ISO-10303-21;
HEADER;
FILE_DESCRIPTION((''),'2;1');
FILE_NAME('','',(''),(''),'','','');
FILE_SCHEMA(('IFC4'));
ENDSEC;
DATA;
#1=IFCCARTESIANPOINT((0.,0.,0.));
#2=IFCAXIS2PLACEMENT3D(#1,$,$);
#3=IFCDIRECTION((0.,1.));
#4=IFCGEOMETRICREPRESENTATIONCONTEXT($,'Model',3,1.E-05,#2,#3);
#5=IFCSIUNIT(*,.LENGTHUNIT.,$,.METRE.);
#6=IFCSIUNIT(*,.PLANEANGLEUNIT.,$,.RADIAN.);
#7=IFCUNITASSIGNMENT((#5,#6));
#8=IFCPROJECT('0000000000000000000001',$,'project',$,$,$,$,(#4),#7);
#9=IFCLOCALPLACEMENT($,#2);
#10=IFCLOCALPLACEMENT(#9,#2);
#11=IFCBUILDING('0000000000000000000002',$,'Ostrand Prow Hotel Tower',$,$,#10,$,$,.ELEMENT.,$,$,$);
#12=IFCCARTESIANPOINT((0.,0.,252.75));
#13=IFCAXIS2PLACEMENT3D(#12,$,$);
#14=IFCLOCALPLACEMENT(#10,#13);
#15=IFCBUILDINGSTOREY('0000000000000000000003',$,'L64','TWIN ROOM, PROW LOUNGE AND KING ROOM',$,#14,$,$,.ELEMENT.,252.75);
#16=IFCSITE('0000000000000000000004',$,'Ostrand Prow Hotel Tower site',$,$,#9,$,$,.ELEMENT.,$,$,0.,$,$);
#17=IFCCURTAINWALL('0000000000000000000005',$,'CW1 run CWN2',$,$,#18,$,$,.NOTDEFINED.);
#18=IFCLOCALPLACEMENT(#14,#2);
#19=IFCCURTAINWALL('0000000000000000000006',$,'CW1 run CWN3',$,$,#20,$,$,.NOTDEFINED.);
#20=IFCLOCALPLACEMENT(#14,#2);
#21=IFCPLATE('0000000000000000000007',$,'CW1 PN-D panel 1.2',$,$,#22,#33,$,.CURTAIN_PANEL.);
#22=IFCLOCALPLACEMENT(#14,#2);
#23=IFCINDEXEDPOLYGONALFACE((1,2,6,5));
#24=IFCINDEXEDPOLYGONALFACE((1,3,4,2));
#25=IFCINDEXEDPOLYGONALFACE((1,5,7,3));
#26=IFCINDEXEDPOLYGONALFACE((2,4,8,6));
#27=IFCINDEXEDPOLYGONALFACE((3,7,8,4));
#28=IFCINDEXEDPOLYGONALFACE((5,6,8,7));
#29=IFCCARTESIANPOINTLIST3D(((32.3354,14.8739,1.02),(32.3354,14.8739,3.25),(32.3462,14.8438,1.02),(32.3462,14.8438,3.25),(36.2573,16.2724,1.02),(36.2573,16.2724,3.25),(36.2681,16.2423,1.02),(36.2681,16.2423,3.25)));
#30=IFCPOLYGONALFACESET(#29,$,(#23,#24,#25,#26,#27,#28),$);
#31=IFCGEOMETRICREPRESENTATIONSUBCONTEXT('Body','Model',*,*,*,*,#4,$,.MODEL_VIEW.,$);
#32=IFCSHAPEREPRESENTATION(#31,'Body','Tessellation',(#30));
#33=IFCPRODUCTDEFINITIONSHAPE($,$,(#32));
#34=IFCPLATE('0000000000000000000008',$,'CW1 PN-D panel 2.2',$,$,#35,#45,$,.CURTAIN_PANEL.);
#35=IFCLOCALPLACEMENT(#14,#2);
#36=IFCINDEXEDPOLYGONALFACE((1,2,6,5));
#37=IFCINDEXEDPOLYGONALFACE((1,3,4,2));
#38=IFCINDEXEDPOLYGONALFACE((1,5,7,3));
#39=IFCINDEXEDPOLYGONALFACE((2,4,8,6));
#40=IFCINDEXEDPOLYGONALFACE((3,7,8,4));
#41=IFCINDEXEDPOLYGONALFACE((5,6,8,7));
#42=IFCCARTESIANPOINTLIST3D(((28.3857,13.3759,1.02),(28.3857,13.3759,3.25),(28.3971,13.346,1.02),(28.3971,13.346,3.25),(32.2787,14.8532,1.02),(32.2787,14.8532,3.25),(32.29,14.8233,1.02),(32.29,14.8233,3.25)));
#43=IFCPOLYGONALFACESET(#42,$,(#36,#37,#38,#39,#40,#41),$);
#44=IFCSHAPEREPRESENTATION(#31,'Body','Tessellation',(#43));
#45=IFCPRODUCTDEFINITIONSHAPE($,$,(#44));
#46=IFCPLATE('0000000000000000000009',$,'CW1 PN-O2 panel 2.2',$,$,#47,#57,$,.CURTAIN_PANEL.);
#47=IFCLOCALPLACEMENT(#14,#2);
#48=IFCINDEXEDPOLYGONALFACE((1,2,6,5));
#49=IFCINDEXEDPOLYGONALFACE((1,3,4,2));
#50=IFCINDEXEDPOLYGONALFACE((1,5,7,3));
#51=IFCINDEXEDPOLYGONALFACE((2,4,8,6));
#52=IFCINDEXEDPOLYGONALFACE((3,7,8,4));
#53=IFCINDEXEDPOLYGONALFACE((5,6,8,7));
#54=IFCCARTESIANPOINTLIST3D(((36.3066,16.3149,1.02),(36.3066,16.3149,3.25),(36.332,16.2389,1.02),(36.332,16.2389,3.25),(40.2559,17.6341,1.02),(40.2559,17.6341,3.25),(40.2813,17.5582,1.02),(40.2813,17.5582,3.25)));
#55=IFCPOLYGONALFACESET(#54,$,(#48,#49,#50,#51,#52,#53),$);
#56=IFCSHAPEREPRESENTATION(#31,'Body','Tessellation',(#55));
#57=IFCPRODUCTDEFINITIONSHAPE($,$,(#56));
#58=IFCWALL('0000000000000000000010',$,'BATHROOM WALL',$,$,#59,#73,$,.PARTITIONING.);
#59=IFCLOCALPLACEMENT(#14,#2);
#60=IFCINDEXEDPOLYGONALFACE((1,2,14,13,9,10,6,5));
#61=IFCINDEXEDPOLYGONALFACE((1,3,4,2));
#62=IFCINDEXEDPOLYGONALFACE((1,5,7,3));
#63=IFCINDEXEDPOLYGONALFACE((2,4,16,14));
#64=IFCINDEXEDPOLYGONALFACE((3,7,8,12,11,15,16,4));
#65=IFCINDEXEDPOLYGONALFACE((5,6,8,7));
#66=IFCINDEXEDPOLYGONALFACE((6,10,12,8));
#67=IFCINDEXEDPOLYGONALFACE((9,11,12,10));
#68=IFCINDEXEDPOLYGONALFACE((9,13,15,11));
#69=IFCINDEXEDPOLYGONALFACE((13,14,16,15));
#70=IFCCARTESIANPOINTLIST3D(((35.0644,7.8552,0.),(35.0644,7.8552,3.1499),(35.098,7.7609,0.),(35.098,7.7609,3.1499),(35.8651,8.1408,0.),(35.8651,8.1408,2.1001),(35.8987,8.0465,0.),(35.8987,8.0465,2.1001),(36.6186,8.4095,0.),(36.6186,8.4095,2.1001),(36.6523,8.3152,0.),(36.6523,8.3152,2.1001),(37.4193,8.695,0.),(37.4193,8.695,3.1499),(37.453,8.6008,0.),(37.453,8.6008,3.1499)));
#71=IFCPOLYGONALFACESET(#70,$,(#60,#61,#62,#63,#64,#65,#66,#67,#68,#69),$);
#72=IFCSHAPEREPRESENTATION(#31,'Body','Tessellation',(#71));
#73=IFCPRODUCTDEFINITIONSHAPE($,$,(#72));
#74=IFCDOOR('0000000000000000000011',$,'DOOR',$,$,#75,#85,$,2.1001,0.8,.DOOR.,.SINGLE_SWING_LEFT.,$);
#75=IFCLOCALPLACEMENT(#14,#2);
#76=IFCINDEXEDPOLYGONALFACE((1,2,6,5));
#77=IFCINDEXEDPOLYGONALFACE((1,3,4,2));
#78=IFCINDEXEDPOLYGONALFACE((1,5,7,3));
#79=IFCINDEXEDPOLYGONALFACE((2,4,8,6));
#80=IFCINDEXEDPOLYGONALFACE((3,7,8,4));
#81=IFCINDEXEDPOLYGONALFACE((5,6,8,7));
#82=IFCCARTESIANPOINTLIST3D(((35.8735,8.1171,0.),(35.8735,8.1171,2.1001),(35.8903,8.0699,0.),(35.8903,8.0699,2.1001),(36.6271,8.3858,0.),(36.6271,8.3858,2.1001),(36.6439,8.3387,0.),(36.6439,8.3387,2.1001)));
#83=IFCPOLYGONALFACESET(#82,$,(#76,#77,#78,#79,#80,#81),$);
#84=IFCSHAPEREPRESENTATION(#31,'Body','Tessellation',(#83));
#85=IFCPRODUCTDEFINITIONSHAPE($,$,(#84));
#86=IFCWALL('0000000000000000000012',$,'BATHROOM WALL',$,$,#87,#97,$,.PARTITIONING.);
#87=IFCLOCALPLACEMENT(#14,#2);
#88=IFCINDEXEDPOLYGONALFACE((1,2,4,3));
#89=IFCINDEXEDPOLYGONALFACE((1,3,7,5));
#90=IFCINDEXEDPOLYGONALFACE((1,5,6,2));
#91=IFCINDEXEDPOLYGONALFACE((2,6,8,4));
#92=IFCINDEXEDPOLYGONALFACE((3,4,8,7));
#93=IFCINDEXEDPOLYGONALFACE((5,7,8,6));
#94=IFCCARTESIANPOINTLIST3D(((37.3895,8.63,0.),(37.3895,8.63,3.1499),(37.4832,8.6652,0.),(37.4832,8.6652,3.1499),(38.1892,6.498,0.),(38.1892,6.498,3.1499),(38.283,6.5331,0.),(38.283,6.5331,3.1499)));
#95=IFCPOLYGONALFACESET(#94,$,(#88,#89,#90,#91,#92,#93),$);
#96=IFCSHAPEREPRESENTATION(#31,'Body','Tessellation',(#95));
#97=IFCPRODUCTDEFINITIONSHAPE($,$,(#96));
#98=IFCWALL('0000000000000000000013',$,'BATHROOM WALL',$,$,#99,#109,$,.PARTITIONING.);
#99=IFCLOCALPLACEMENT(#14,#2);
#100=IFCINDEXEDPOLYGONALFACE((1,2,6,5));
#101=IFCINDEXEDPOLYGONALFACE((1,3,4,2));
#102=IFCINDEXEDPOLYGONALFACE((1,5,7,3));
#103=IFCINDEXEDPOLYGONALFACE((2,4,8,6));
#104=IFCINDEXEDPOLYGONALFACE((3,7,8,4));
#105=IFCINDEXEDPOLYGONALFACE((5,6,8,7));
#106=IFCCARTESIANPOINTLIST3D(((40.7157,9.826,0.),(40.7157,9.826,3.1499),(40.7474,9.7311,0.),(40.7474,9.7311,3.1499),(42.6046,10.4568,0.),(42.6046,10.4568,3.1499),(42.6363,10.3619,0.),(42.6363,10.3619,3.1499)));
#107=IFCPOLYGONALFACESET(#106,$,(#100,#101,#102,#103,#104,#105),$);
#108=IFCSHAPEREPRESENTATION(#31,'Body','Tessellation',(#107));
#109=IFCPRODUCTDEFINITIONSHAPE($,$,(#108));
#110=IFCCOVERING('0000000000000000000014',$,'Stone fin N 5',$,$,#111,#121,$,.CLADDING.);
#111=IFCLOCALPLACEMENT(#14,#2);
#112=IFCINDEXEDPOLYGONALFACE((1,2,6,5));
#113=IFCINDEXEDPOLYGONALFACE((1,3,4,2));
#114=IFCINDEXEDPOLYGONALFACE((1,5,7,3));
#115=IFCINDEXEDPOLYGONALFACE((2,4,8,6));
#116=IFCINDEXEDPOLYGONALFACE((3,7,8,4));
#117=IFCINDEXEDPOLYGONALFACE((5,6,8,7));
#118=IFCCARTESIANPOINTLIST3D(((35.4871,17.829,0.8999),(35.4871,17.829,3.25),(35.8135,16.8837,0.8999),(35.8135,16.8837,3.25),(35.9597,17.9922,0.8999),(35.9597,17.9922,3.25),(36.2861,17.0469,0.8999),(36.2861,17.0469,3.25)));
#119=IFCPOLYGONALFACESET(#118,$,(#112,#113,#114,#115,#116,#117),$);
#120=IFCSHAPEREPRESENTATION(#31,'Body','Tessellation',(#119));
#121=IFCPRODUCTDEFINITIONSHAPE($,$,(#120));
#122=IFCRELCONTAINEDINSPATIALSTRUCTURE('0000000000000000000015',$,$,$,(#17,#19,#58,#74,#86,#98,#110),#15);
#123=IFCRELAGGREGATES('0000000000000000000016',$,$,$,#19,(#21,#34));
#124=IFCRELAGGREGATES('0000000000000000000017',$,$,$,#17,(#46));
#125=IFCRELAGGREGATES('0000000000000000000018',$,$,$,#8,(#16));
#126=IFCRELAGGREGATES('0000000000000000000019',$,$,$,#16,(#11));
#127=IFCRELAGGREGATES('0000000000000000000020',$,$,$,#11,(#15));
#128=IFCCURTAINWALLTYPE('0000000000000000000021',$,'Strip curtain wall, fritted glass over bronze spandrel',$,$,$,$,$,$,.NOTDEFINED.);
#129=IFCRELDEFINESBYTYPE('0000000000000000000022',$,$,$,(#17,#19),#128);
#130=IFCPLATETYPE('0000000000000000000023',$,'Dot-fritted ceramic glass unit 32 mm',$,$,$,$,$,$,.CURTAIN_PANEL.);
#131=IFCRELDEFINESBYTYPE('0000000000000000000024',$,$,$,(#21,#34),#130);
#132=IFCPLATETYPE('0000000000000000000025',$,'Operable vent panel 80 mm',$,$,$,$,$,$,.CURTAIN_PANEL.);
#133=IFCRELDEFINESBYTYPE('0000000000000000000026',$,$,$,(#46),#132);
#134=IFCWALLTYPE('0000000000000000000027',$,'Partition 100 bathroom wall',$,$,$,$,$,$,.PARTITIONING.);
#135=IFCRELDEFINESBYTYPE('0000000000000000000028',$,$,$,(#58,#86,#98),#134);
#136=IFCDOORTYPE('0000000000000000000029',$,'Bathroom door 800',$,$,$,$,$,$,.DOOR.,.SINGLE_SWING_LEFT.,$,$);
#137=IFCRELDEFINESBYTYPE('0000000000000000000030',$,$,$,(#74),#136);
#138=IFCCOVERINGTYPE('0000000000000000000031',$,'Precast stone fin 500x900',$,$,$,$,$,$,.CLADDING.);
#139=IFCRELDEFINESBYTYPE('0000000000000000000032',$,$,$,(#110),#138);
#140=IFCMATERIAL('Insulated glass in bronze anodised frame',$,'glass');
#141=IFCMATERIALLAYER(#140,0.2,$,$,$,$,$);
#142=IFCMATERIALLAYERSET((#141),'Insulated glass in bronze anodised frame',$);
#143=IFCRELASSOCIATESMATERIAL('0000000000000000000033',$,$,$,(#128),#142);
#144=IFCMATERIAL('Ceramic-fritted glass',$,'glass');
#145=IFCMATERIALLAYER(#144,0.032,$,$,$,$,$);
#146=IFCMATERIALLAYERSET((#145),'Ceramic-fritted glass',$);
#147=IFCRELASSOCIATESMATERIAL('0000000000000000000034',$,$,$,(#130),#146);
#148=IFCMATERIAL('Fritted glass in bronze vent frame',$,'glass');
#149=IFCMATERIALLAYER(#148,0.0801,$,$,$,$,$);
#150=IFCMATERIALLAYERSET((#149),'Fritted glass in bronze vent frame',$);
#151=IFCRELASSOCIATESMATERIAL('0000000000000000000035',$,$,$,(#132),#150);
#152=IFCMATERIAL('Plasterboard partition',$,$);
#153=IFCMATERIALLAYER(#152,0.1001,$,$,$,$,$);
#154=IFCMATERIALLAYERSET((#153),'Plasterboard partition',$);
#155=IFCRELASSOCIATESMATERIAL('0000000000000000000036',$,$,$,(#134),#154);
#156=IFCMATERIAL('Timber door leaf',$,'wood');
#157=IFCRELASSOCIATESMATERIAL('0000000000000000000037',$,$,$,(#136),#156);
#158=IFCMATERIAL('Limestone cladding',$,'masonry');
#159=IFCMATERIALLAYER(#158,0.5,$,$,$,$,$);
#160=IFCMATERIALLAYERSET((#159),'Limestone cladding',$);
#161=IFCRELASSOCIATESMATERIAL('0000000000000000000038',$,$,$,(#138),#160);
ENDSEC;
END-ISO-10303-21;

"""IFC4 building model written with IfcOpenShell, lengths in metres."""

from ifc_helpers import new_model, si_unit, direction, frame, frame_2d, origin, origin_2d, place, context, subcontext, project, spatial, rectangle, extrude, material, layer, layer_set, type_object, element, fill, aggregate, save


model = new_model("IFC4")

# Units and contexts
model_context = context("Model", 3, precision=1e-05, world=origin(), true_north=direction((0.0, 1.0)))
body_context = subcontext(model_context, "Body", "Model", "MODEL_VIEW")
ifc_project = project(units=[si_unit("LENGTHUNIT", "METRE"), si_unit("PLANEANGLEUNIT", "RADIAN")], contexts=[model_context])

# Site, building, storey
site_placement = place(None, origin())
site = spatial("IfcSite", under=ifc_project, at=site_placement, Name="Ostrand Prow Hotel Tower site", CompositionType="ELEMENT", RefElevation=0.0)
building_placement = place(site_placement, origin())
building = spatial("IfcBuilding", under=site, at=building_placement, Name="Ostrand Prow Hotel Tower", CompositionType="ELEMENT")
storey_placement = place(building_placement, frame((0.0, 0.0, 252.75)))
storey = spatial("IfcBuildingStorey", under=building, at=storey_placement, Name="L64", Description="TWIN ROOM, PROW LOUNGE AND KING ROOM", CompositionType="ELEMENT", Elevation=252.75)

# Curtain walls
ifc_material_1 = material(Name="Insulated glass in bronze anodised frame", Category="glass")
ifc_layer_1 = layer(ifc_material_1, 0.2)
ifc_layer_set_1 = layer_set([ifc_layer_1], Name="Insulated glass in bronze anodised frame")
curtain_wall_type = type_object("IfcCurtainWallType", Name="Strip curtain wall, fritted glass over bronze spandrel", PredefinedType="NOTDEFINED", material=ifc_layer_set_1)
curtain_wall_1_placement = place(storey_placement, origin())
curtain_wall_1 = element("IfcCurtainWall", 1, at=curtain_wall_1_placement, inside=storey, type_object=curtain_wall_type, Name="CW1 run CWN2", PredefinedType="NOTDEFINED")
curtain_wall_2_placement = place(storey_placement, origin())
curtain_wall_2 = element("IfcCurtainWall", 2, at=curtain_wall_2_placement, inside=storey, type_object=curtain_wall_type, Name="CW1 run CWN3", PredefinedType="NOTDEFINED")

# Plates
ifc_material_2 = material(Name="Ceramic-fritted glass", Category="glass")
ifc_layer_2 = layer(ifc_material_2, 0.032)
ifc_layer_set_2 = layer_set([ifc_layer_2], Name="Ceramic-fritted glass")
plate_type_1 = type_object("IfcPlateType", Name="Dot-fritted ceramic glass unit 32 mm", PredefinedType="CURTAIN_PANEL", material=ifc_layer_set_2)
plate_1_placement = place(storey_placement, frame((34.3018, 15.5581, 1.02), z_axis=(0.0, 0.0, 1.0), x_axis=(-0.941906, -0.335877, 0.0)))
plate_1 = element("IfcPlate", 3, at=plate_1_placement, type_object=plate_type_1, Name="CW1 PN-D panel 1.2", PredefinedType="CURTAIN_PANEL", context=body_context, shape_type="SweptSolid", body=[
    extrude(rectangle(XDim=4.1638, YDim=0.032, at=origin_2d()), origin(), (0.0, 0.0, 1.0), 2.23),
])
plate_2_placement = place(storey_placement, frame((30.3379, 14.0996, 1.02), z_axis=(0.0, 0.0, 1.0), x_axis=(-0.934951, -0.354777, 0.0)))
plate_2 = element("IfcPlate", 4, at=plate_2_placement, type_object=plate_type_1, Name="CW1 PN-D panel 2.2", PredefinedType="CURTAIN_PANEL", context=body_context, shape_type="SweptSolid", body=[
    extrude(rectangle(XDim=4.1638, YDim=0.032, at=origin_2d()), origin(), (0.0, 0.0, 1.0), 2.23),
])
aggregate(curtain_wall_2, [plate_1, plate_2])
ifc_material_3 = material(Name="Fritted glass in bronze vent frame", Category="glass")
ifc_layer_3 = layer(ifc_material_3, 0.0801)
ifc_layer_set_3 = layer_set([ifc_layer_3], Name="Fritted glass in bronze vent frame")
plate_type_2 = type_object("IfcPlateType", Name="Operable vent panel 80 mm", PredefinedType="CURTAIN_PANEL", material=ifc_layer_set_3)
plate_3_placement = place(storey_placement, frame((38.2939, 16.9365, 1.02), z_axis=(0.0, 0.0, 1.0), x_axis=(-0.948479, -0.316841, 0.0)))
plate_3 = element("IfcPlate", 5, at=plate_3_placement, type_object=plate_type_2, Name="CW1 PN-O2 panel 2.2", PredefinedType="CURTAIN_PANEL", context=body_context, shape_type="SweptSolid", body=[
    extrude(rectangle(XDim=4.1638, YDim=0.0801, at=origin_2d()), origin(), (0.0, 0.0, 1.0), 2.23),
])
aggregate(curtain_wall_1, [plate_3])

# Wall, opening, door
ifc_material_4 = material(Name="Plasterboard partition")
ifc_layer_4 = layer(ifc_material_4, 0.1001)
ifc_layer_set_4 = layer_set([ifc_layer_4], Name="Plasterboard partition")
wall_type = type_object("IfcWallType", Name="Partition 100 bathroom wall", PredefinedType="PARTITIONING", material=ifc_layer_set_4)
wall_1_placement = place(storey_placement, frame((35.0813, 7.8081, 0.0), z_axis=(0.0, 0.0, 1.0), x_axis=(0.941896, 0.335903, 0.0)))
wall_1 = element("IfcWall", 6, at=wall_1_placement, inside=storey, type_object=wall_type, Name="BATHROOM WALL", PredefinedType="PARTITIONING", context=body_context, shape_type="SweptSolid", body=[
    extrude(rectangle(XDim=2.5002, YDim=0.1001, at=frame_2d((1.25, 0.0))), origin(), (0.0, 0.0, 1.0), 3.1499),
])
opening_placement = place(wall_1_placement, frame((0.8501, 0.0, 0.0)))
opening = element("IfcOpeningElement", 7, at=opening_placement, cuts=wall_1, PredefinedType="OPENING", context=body_context, shape_type="SweptSolid", body=[
    extrude(rectangle(XDim=0.8, YDim=2.1001, at=frame_2d((0.3999, 1.05))), frame((0.0, 0.0601, 0.0), z_axis=(0.0, -1.0, 0.0), x_axis=(1.0, 0.0, 0.0)), (0.0, 0.0, 1.0), 0.1201),
])
ifc_material_5 = material(Name="Timber door leaf", Category="wood")
door_type = type_object("IfcDoorType", Name="Bathroom door 800", OperationType="SINGLE_SWING_LEFT", PredefinedType="DOOR", material=ifc_material_5)
door_placement = place(opening_placement, origin())
door = element("IfcDoor", 8, at=door_placement, inside=storey, type_object=door_type, Name="DOOR", OperationType="SINGLE_SWING_LEFT", OverallHeight=2.1001, OverallWidth=0.8, PredefinedType="DOOR", context=body_context, shape_type="SweptSolid", body=[
    extrude(rectangle(XDim=0.8, YDim=2.1001, at=frame_2d((0.3999, 1.05))), frame((0.0, 0.0249, 0.0), z_axis=(0.0, -1.0, 0.0), x_axis=(1.0, 0.0, 0.0)), (0.0, 0.0, 1.0), 0.05),
])
fill(opening, door)

# Walls
wall_2_placement = place(storey_placement, frame((37.4363, 8.6477, 0.0), z_axis=(0.0, 0.0, 1.0), x_axis=(0.351229, -0.93629, 0.0)))
element("IfcWall", 9, at=wall_2_placement, inside=storey, type_object=wall_type, Name="BATHROOM WALL", PredefinedType="PARTITIONING", context=body_context, shape_type="SweptSolid", body=[
    extrude(rectangle(XDim=2.2771, YDim=0.1001, at=frame_2d((1.1387, 0.0))), origin(), (0.0, 0.0, 1.0), 3.1499),
])
wall_3_placement = place(storey_placement, frame((40.7317, 9.7786, 0.0), z_axis=(0.0, 0.0, 1.0), x_axis=(0.948499, 0.316779, 0.0)))
element("IfcWall", 10, at=wall_3_placement, inside=storey, type_object=wall_type, Name="BATHROOM WALL", PredefinedType="PARTITIONING", context=body_context, shape_type="SweptSolid", body=[
    extrude(rectangle(XDim=1.9915, YDim=0.1001, at=frame_2d((0.9956, 0.0))), origin(), (0.0, 0.0, 1.0), 3.1499),
])

# Covering
ifc_material_6 = material(Name="Limestone cladding", Category="masonry")
ifc_layer_5 = layer(ifc_material_6, 0.5)
ifc_layer_set_5 = layer_set([ifc_layer_5], Name="Limestone cladding")
covering_type = type_object("IfcCoveringType", Name="Precast stone fin 500x900", PredefinedType="CLADDING", material=ifc_layer_set_5)
covering_placement = place(storey_placement, frame((36.0498, 16.9653, 0.8999), z_axis=(0.0, 0.0, 1.0), x_axis=(-0.326389, 0.945235, 0.0)))
element("IfcCovering", 11, at=covering_placement, inside=storey, type_object=covering_type, Name="Stone fin N 5", PredefinedType="CLADDING", context=body_context, shape_type="SweptSolid", body=[
    extrude(rectangle(XDim=1.0, YDim=0.5, at=frame_2d((0.5, 0.0))), origin(), (0.0, 0.0, 1.0), 2.3501),
])

save(model, "model.ifc")
